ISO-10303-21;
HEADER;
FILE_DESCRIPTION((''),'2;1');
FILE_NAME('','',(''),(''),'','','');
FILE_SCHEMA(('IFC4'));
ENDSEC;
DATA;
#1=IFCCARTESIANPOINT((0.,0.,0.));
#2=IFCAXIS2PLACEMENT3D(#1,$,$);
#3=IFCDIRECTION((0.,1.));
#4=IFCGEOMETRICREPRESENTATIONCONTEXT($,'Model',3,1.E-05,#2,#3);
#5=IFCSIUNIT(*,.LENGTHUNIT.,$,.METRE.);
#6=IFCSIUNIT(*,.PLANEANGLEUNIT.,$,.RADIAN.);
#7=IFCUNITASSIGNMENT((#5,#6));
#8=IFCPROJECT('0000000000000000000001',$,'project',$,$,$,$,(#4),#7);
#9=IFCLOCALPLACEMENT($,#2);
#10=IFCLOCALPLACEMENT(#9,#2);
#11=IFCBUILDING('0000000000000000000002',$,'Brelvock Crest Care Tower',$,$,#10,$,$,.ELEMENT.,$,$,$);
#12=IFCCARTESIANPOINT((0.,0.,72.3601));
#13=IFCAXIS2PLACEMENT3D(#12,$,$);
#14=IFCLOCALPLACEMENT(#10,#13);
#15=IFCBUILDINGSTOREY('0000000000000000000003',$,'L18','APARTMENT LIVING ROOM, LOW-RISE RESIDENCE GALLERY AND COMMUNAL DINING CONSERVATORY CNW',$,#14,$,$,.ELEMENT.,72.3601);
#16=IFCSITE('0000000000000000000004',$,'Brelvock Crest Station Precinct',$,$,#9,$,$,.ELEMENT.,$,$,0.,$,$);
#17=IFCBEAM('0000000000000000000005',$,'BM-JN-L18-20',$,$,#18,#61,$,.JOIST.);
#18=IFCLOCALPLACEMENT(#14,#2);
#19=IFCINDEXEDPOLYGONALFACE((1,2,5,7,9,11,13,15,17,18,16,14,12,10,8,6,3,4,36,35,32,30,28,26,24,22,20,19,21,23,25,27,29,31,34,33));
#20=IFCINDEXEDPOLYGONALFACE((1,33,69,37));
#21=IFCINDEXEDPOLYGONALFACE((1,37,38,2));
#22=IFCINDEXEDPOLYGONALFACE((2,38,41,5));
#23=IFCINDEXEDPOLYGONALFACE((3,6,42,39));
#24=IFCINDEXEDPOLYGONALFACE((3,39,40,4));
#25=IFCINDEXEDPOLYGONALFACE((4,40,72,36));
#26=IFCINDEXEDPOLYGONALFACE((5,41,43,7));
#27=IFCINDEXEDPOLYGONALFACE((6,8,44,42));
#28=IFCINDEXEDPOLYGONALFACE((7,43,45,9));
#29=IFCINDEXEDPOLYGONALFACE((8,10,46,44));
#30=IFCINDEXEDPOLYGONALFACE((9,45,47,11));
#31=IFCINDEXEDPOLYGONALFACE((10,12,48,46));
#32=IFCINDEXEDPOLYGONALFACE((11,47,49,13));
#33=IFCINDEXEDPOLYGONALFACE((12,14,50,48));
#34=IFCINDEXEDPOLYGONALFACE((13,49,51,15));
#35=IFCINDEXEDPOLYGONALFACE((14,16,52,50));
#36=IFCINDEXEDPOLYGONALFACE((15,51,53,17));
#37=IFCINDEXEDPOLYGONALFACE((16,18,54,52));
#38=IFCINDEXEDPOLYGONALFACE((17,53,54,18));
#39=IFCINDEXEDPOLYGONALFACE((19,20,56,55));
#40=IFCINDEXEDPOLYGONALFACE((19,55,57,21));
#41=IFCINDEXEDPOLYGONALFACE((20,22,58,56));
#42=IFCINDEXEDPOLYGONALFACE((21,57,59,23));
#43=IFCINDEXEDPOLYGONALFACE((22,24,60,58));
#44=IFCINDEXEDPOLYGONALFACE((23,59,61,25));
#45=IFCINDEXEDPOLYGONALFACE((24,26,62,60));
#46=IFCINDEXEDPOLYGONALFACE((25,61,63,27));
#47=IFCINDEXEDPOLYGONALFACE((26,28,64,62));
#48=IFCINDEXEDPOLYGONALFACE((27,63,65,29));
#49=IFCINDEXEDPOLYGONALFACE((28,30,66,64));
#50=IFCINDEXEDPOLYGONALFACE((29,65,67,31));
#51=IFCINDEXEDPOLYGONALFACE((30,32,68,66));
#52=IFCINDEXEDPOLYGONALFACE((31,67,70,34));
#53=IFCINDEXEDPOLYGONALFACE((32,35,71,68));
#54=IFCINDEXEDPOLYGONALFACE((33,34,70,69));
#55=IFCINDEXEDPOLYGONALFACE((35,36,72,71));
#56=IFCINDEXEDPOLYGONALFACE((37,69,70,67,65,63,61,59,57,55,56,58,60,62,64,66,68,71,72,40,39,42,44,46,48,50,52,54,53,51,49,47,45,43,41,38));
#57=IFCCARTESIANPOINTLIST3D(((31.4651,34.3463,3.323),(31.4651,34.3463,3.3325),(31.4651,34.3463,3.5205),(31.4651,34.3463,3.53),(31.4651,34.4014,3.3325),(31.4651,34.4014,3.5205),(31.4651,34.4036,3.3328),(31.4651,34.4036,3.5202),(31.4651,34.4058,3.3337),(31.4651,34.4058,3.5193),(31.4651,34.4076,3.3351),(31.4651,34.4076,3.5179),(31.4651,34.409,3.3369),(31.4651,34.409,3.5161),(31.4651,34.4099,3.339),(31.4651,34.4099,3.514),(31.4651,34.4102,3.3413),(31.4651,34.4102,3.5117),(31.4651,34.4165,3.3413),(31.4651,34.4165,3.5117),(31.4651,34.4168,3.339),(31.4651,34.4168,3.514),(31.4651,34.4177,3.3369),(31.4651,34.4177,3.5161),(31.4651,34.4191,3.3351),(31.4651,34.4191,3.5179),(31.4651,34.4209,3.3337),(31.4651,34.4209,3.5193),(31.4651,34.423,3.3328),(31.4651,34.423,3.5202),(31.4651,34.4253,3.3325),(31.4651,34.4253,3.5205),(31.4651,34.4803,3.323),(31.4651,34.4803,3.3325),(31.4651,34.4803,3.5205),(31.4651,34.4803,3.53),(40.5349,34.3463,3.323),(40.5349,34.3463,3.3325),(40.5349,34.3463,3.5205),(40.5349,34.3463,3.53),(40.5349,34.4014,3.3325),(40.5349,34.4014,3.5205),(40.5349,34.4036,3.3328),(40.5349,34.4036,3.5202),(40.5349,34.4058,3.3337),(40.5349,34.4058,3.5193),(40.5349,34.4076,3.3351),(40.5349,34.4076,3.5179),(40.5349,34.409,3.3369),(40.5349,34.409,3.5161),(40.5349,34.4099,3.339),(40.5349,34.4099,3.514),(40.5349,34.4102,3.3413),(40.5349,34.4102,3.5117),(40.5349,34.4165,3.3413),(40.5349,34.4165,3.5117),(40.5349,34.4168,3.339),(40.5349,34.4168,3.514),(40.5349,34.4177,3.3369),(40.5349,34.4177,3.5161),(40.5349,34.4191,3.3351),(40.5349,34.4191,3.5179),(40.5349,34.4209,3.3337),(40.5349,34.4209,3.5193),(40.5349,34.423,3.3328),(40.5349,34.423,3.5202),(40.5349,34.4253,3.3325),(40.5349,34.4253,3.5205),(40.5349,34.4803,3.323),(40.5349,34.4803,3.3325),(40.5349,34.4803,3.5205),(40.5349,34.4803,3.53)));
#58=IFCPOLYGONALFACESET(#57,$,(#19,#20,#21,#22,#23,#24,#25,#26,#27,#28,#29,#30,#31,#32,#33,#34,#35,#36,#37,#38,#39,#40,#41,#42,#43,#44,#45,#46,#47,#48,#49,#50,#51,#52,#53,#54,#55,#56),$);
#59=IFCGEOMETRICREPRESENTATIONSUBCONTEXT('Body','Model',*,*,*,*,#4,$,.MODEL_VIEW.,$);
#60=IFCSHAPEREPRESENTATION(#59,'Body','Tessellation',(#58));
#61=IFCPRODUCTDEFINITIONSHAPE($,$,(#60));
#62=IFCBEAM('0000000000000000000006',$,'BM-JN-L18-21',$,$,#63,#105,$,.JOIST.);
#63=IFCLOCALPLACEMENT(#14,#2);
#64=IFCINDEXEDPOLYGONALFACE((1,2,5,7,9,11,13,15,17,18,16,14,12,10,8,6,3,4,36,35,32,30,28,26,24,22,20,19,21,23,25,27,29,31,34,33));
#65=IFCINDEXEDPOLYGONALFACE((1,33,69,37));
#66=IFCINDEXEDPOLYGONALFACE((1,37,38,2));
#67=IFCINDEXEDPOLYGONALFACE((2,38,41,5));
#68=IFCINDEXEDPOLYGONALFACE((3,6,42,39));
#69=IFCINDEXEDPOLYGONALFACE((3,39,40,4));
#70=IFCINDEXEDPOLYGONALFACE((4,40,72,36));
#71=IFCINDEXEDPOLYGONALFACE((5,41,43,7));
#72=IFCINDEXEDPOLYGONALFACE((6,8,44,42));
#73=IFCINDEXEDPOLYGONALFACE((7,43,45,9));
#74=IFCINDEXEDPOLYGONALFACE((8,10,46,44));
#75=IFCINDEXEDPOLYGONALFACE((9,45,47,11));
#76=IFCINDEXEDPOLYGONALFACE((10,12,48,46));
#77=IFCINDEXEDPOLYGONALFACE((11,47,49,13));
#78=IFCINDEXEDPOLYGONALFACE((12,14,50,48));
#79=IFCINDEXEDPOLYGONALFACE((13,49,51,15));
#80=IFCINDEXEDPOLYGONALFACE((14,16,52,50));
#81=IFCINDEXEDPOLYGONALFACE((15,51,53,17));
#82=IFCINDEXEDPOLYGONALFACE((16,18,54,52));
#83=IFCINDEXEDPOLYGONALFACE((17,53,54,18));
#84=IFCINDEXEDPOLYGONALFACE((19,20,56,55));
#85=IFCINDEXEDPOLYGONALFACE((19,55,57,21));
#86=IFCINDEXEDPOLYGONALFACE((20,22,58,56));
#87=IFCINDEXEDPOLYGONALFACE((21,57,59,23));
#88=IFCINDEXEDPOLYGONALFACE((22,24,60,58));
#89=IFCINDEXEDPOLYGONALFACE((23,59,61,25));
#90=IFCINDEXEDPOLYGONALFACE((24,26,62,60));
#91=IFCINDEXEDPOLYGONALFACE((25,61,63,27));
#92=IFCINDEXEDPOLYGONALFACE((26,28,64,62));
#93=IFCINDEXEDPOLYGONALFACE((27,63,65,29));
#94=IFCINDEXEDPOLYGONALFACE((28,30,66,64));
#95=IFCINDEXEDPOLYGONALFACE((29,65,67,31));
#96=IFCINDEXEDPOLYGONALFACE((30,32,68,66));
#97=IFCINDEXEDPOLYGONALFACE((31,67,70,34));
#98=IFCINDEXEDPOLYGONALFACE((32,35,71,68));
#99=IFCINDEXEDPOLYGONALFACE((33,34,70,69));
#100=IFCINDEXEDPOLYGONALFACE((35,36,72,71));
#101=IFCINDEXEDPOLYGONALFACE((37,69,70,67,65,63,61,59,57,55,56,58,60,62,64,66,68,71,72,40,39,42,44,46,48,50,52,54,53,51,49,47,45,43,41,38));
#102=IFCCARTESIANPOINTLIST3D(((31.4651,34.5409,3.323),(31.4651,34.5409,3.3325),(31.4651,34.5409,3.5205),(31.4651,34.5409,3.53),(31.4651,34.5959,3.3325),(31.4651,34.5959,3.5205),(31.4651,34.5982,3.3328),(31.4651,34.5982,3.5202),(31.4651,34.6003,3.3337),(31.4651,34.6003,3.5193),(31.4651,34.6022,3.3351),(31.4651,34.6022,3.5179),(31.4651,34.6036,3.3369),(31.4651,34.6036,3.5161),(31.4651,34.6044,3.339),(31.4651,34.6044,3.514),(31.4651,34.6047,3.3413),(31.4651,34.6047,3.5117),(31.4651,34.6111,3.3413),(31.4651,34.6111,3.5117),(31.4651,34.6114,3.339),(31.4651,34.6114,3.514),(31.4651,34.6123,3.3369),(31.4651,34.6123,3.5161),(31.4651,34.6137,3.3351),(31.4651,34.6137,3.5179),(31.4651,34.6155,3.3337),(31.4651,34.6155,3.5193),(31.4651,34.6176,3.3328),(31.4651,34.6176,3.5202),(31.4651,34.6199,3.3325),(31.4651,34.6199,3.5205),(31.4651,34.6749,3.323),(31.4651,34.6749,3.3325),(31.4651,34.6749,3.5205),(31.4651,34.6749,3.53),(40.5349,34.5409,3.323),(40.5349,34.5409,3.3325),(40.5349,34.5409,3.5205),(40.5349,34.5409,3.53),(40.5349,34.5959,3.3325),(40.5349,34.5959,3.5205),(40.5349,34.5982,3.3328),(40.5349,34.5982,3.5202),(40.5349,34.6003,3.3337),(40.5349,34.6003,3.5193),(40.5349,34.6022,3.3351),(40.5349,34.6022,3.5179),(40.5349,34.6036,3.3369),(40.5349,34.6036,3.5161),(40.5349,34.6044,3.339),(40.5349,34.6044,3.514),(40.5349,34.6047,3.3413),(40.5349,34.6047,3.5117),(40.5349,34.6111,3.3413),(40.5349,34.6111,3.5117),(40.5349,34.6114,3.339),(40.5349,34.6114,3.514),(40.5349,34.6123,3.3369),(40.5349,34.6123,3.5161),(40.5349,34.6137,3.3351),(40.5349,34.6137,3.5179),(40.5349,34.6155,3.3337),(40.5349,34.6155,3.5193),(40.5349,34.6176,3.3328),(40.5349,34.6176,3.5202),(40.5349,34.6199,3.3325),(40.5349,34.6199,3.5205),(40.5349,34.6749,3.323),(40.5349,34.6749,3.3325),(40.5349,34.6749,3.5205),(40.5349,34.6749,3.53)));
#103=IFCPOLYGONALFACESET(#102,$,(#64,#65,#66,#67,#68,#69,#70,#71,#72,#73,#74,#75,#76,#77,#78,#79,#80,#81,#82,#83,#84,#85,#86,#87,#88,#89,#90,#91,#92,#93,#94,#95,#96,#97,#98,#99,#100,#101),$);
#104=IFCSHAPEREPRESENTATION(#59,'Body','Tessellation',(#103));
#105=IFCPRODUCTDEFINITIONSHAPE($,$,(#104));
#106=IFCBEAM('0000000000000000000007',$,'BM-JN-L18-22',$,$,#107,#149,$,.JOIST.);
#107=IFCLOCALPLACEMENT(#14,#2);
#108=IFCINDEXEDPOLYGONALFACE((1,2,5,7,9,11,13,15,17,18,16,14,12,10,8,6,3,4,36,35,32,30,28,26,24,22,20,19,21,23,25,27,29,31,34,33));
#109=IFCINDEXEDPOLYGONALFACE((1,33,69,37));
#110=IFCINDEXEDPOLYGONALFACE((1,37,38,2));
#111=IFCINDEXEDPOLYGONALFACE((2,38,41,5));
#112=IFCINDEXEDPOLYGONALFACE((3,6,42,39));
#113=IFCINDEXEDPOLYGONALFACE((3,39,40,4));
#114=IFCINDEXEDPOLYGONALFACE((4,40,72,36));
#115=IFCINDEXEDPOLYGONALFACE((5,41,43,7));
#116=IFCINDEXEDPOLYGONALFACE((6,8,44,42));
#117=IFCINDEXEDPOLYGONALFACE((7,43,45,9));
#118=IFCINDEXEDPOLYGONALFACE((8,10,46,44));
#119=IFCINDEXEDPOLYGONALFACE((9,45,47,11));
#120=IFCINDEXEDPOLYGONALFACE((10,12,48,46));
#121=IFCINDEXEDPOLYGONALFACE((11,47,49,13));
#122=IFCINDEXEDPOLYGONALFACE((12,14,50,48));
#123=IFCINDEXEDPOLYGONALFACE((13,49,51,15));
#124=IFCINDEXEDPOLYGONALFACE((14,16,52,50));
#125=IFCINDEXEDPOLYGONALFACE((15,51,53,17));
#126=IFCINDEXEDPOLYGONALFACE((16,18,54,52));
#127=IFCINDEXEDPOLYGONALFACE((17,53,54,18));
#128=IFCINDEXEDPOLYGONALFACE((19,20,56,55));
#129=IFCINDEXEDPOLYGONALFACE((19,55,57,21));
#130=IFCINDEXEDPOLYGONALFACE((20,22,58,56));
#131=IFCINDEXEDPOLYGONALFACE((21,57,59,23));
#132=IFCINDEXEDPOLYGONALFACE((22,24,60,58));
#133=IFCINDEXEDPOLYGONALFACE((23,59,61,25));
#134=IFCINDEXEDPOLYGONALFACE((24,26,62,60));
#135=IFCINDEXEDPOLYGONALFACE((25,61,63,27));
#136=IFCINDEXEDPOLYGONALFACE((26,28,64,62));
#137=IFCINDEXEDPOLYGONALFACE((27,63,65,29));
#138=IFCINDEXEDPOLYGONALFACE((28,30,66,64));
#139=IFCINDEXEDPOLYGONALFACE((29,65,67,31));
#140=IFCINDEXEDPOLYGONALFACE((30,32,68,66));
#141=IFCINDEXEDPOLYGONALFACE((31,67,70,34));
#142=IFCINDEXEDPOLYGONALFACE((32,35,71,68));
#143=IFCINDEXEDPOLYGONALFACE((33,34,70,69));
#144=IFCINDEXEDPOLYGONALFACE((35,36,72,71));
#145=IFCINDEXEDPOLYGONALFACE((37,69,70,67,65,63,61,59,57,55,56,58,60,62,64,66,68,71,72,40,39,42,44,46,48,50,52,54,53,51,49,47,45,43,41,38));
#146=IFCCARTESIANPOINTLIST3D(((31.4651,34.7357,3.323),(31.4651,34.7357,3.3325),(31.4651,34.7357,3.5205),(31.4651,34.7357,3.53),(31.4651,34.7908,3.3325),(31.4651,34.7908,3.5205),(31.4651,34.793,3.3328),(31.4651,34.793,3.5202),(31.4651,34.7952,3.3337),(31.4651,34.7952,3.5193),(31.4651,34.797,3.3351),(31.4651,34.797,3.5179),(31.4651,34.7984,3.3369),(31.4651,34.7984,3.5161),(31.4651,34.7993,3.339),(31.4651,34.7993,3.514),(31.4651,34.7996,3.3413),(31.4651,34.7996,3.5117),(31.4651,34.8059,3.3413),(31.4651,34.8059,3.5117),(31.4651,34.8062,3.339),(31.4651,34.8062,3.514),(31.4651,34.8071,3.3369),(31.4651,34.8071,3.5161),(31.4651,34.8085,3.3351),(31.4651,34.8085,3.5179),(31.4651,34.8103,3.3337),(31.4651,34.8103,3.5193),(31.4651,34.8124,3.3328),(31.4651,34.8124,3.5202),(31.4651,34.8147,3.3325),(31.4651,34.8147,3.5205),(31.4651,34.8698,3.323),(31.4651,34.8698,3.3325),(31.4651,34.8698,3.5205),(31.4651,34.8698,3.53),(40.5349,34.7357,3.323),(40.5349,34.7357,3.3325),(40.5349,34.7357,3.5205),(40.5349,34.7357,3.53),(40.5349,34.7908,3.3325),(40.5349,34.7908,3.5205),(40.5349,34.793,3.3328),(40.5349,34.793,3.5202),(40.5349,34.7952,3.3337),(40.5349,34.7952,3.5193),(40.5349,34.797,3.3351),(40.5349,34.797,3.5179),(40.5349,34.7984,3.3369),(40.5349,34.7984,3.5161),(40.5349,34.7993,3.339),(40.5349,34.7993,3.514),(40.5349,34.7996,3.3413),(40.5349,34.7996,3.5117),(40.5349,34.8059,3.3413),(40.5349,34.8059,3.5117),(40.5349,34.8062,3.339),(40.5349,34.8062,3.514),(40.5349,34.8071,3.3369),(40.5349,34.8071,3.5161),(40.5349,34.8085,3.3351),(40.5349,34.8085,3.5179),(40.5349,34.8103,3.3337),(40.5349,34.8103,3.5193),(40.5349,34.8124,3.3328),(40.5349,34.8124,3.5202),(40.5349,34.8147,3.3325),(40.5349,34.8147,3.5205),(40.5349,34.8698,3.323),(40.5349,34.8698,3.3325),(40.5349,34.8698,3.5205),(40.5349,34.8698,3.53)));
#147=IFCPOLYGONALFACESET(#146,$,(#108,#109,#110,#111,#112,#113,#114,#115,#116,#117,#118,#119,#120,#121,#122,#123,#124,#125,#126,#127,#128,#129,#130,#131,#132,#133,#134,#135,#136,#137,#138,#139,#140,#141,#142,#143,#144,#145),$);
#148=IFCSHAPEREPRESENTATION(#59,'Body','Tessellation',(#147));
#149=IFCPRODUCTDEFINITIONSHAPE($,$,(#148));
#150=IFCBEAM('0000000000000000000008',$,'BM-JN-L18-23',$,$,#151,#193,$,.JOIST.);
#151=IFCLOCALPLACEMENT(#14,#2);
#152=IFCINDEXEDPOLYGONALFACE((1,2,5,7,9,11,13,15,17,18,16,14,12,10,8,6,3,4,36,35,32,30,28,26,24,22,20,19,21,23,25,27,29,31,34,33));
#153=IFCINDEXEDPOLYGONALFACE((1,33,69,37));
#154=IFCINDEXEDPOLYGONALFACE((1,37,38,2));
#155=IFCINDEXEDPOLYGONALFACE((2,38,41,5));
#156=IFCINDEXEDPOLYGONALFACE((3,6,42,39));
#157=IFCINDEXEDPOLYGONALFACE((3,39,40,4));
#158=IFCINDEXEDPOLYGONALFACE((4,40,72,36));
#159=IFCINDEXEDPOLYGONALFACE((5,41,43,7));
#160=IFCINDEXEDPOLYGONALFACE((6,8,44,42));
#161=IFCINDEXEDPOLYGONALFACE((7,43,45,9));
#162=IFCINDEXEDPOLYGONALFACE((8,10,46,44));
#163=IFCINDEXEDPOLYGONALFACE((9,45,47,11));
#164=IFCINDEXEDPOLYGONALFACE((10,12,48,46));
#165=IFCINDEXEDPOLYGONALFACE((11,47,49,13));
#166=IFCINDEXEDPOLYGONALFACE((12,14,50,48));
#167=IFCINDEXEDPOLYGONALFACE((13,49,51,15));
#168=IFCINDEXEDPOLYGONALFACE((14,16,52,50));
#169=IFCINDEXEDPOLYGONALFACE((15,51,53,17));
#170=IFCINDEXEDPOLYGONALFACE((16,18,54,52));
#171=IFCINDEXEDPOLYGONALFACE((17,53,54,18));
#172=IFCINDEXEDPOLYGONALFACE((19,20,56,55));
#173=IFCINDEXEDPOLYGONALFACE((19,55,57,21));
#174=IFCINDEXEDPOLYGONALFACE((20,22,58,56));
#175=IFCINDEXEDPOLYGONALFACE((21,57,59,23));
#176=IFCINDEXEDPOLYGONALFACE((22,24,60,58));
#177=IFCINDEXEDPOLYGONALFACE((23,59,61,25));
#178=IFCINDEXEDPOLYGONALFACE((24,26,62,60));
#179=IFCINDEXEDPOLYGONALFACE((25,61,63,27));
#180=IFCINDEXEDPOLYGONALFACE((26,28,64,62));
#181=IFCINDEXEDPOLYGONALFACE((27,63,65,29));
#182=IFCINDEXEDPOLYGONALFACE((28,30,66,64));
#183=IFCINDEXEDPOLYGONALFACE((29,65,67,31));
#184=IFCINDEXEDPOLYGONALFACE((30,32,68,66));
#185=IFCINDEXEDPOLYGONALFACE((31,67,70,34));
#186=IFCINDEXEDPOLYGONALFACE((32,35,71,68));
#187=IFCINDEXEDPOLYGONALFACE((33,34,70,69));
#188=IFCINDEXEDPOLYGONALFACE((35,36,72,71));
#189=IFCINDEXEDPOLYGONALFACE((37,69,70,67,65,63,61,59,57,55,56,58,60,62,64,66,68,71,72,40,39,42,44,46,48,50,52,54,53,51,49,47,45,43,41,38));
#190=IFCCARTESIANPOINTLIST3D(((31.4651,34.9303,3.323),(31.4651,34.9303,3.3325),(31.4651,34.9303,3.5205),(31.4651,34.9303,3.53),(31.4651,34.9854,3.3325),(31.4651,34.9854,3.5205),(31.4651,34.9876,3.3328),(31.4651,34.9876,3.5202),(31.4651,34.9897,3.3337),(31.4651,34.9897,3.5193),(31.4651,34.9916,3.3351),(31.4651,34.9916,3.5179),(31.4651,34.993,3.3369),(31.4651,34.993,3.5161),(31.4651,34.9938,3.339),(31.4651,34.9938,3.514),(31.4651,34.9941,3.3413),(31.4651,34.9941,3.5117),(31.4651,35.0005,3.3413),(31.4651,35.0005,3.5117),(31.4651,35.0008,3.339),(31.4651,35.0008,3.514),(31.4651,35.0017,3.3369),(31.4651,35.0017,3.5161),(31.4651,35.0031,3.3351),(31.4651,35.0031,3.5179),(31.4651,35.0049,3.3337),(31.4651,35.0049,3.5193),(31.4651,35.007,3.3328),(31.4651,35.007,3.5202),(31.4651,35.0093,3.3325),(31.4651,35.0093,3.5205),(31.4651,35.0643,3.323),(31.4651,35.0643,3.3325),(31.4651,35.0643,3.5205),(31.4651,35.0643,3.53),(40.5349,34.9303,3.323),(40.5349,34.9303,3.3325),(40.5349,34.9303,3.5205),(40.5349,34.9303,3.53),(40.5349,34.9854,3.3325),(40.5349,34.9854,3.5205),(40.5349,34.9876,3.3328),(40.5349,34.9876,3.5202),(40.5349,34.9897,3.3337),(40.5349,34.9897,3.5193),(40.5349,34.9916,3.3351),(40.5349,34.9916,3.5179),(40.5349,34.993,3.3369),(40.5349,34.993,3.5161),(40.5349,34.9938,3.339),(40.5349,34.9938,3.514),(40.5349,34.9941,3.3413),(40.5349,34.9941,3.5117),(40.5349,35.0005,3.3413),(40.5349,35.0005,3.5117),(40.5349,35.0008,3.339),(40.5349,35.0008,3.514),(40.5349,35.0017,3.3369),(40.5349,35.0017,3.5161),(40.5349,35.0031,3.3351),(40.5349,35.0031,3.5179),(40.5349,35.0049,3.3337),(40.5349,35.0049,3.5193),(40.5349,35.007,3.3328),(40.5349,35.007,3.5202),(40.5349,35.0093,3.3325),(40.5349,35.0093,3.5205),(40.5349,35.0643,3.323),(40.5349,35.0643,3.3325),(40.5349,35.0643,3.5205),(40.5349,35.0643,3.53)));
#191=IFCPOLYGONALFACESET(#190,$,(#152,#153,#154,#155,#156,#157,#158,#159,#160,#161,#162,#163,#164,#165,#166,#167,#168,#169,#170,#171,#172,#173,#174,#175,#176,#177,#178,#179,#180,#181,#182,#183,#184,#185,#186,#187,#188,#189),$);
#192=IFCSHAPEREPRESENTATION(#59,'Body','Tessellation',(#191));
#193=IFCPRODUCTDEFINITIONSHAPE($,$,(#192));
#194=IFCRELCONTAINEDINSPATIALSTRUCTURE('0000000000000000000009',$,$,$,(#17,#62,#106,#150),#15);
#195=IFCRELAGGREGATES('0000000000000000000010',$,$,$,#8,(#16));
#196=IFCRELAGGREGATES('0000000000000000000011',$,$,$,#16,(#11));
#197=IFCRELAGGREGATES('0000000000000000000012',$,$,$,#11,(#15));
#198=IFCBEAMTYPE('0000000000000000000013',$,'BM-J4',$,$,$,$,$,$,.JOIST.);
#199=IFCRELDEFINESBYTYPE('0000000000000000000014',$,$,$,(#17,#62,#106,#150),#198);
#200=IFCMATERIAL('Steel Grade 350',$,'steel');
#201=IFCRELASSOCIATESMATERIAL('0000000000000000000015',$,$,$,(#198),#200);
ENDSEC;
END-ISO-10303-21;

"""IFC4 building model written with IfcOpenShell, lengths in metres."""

from ifc_helpers import new_model, si_unit, direction, frame, origin, origin_2d, place, context, subcontext, project, spatial, i_section, extrude, source, transform, mapped, material, material_profile, profile_set, type_object, element, save


model = new_model("IFC4")

# Units and contexts
model_context = context("Model", 3, precision=1e-05, world=origin(), true_north=direction((0.0, 1.0)))
body_context = subcontext(model_context, "Body", "Model", "MODEL_VIEW")
ifc_project = project(units=[si_unit("LENGTHUNIT", "METRE"), si_unit("PLANEANGLEUNIT", "RADIAN")], contexts=[model_context])

# Site, building, storey
site_placement = place(None, origin())
site = spatial("IfcSite", under=ifc_project, at=site_placement, Name="Brelvock Crest Station Precinct", CompositionType="ELEMENT", RefElevation=0.0)
building_placement = place(site_placement, origin())
building = spatial("IfcBuilding", under=site, at=building_placement, Name="Brelvock Crest Care Tower", CompositionType="ELEMENT")
storey_placement = place(building_placement, frame((0.0, 0.0, 72.3601)))
storey = spatial("IfcBuildingStorey", under=building, at=storey_placement, Name="L18", Description="APARTMENT LIVING ROOM, LOW-RISE RESIDENCE GALLERY AND COMMUNAL DINING CONSERVATORY CNW", CompositionType="ELEMENT", Elevation=72.3601)

# Shared definitions
ifc_material_1 = material(Name="Steel Grade 350", Category="steel")

# Beams
ifc_material_profile_1 = material_profile(ifc_material_1, i_section(OverallWidth=0.134, OverallDepth=0.207, WebThickness=0.0063, FlangeThickness=0.0095, FilletRadius=0.0088, at=origin_2d()), Name="200UB29.8")
ifc_profile_set_1 = profile_set([ifc_material_profile_1], Name="Steel Grade 350")
beam_type_1 = type_object("IfcBeamType", Name="BM-J4", PredefinedType="JOIST", material=ifc_profile_set_1)
shared_shape_1 = source(origin(), body_context, "Body", "SweptSolid", [
    extrude(i_section(OverallWidth=0.134, OverallDepth=0.207, WebThickness=0.0063, FlangeThickness=0.0095, FilletRadius=0.0088, at=origin_2d()), origin(), (0.0, 0.0, 1.0), 9.0698),
])
for number, where, z_axis, x_axis, name in (
    (1, (31.4651, 34.4133, 3.4265), (1.0, 0.0, 0.0), (0.0, 1.0, 0.0), "BM-JN-L18-20"),
    (2, (31.4651, 34.6079, 3.4265), (1.0, 0.0, 0.0), (0.0, 1.0, 0.0), "BM-JN-L18-21"),
    (3, (31.4651, 34.8027, 3.4265), (1.0, 0.0, 0.0), (0.0, 1.0, 0.0), "BM-JN-L18-22"),
    (4, (31.4651, 34.9973, 3.4265), (1.0, 0.0, 0.0), (0.0, 1.0, 0.0), "BM-JN-L18-23"),
):
    element("IfcBeam", number, at=place(storey_placement, frame(where, z_axis=z_axis, x_axis=x_axis)), inside=storey, type_object=beam_type_1, Name=name, PredefinedType="JOIST", context=body_context, shape_type="MappedRepresentation", body=[
        mapped(shared_shape_1, transform((0.0, 0.0, 0.0), x_axis=(1.0, 0.0, 0.0), y_axis=(0.0, 1.0, 0.0), z_axis=(0.0, 0.0, 1.0), scale=1.0)),
    ])

save(model, "model.ifc")
